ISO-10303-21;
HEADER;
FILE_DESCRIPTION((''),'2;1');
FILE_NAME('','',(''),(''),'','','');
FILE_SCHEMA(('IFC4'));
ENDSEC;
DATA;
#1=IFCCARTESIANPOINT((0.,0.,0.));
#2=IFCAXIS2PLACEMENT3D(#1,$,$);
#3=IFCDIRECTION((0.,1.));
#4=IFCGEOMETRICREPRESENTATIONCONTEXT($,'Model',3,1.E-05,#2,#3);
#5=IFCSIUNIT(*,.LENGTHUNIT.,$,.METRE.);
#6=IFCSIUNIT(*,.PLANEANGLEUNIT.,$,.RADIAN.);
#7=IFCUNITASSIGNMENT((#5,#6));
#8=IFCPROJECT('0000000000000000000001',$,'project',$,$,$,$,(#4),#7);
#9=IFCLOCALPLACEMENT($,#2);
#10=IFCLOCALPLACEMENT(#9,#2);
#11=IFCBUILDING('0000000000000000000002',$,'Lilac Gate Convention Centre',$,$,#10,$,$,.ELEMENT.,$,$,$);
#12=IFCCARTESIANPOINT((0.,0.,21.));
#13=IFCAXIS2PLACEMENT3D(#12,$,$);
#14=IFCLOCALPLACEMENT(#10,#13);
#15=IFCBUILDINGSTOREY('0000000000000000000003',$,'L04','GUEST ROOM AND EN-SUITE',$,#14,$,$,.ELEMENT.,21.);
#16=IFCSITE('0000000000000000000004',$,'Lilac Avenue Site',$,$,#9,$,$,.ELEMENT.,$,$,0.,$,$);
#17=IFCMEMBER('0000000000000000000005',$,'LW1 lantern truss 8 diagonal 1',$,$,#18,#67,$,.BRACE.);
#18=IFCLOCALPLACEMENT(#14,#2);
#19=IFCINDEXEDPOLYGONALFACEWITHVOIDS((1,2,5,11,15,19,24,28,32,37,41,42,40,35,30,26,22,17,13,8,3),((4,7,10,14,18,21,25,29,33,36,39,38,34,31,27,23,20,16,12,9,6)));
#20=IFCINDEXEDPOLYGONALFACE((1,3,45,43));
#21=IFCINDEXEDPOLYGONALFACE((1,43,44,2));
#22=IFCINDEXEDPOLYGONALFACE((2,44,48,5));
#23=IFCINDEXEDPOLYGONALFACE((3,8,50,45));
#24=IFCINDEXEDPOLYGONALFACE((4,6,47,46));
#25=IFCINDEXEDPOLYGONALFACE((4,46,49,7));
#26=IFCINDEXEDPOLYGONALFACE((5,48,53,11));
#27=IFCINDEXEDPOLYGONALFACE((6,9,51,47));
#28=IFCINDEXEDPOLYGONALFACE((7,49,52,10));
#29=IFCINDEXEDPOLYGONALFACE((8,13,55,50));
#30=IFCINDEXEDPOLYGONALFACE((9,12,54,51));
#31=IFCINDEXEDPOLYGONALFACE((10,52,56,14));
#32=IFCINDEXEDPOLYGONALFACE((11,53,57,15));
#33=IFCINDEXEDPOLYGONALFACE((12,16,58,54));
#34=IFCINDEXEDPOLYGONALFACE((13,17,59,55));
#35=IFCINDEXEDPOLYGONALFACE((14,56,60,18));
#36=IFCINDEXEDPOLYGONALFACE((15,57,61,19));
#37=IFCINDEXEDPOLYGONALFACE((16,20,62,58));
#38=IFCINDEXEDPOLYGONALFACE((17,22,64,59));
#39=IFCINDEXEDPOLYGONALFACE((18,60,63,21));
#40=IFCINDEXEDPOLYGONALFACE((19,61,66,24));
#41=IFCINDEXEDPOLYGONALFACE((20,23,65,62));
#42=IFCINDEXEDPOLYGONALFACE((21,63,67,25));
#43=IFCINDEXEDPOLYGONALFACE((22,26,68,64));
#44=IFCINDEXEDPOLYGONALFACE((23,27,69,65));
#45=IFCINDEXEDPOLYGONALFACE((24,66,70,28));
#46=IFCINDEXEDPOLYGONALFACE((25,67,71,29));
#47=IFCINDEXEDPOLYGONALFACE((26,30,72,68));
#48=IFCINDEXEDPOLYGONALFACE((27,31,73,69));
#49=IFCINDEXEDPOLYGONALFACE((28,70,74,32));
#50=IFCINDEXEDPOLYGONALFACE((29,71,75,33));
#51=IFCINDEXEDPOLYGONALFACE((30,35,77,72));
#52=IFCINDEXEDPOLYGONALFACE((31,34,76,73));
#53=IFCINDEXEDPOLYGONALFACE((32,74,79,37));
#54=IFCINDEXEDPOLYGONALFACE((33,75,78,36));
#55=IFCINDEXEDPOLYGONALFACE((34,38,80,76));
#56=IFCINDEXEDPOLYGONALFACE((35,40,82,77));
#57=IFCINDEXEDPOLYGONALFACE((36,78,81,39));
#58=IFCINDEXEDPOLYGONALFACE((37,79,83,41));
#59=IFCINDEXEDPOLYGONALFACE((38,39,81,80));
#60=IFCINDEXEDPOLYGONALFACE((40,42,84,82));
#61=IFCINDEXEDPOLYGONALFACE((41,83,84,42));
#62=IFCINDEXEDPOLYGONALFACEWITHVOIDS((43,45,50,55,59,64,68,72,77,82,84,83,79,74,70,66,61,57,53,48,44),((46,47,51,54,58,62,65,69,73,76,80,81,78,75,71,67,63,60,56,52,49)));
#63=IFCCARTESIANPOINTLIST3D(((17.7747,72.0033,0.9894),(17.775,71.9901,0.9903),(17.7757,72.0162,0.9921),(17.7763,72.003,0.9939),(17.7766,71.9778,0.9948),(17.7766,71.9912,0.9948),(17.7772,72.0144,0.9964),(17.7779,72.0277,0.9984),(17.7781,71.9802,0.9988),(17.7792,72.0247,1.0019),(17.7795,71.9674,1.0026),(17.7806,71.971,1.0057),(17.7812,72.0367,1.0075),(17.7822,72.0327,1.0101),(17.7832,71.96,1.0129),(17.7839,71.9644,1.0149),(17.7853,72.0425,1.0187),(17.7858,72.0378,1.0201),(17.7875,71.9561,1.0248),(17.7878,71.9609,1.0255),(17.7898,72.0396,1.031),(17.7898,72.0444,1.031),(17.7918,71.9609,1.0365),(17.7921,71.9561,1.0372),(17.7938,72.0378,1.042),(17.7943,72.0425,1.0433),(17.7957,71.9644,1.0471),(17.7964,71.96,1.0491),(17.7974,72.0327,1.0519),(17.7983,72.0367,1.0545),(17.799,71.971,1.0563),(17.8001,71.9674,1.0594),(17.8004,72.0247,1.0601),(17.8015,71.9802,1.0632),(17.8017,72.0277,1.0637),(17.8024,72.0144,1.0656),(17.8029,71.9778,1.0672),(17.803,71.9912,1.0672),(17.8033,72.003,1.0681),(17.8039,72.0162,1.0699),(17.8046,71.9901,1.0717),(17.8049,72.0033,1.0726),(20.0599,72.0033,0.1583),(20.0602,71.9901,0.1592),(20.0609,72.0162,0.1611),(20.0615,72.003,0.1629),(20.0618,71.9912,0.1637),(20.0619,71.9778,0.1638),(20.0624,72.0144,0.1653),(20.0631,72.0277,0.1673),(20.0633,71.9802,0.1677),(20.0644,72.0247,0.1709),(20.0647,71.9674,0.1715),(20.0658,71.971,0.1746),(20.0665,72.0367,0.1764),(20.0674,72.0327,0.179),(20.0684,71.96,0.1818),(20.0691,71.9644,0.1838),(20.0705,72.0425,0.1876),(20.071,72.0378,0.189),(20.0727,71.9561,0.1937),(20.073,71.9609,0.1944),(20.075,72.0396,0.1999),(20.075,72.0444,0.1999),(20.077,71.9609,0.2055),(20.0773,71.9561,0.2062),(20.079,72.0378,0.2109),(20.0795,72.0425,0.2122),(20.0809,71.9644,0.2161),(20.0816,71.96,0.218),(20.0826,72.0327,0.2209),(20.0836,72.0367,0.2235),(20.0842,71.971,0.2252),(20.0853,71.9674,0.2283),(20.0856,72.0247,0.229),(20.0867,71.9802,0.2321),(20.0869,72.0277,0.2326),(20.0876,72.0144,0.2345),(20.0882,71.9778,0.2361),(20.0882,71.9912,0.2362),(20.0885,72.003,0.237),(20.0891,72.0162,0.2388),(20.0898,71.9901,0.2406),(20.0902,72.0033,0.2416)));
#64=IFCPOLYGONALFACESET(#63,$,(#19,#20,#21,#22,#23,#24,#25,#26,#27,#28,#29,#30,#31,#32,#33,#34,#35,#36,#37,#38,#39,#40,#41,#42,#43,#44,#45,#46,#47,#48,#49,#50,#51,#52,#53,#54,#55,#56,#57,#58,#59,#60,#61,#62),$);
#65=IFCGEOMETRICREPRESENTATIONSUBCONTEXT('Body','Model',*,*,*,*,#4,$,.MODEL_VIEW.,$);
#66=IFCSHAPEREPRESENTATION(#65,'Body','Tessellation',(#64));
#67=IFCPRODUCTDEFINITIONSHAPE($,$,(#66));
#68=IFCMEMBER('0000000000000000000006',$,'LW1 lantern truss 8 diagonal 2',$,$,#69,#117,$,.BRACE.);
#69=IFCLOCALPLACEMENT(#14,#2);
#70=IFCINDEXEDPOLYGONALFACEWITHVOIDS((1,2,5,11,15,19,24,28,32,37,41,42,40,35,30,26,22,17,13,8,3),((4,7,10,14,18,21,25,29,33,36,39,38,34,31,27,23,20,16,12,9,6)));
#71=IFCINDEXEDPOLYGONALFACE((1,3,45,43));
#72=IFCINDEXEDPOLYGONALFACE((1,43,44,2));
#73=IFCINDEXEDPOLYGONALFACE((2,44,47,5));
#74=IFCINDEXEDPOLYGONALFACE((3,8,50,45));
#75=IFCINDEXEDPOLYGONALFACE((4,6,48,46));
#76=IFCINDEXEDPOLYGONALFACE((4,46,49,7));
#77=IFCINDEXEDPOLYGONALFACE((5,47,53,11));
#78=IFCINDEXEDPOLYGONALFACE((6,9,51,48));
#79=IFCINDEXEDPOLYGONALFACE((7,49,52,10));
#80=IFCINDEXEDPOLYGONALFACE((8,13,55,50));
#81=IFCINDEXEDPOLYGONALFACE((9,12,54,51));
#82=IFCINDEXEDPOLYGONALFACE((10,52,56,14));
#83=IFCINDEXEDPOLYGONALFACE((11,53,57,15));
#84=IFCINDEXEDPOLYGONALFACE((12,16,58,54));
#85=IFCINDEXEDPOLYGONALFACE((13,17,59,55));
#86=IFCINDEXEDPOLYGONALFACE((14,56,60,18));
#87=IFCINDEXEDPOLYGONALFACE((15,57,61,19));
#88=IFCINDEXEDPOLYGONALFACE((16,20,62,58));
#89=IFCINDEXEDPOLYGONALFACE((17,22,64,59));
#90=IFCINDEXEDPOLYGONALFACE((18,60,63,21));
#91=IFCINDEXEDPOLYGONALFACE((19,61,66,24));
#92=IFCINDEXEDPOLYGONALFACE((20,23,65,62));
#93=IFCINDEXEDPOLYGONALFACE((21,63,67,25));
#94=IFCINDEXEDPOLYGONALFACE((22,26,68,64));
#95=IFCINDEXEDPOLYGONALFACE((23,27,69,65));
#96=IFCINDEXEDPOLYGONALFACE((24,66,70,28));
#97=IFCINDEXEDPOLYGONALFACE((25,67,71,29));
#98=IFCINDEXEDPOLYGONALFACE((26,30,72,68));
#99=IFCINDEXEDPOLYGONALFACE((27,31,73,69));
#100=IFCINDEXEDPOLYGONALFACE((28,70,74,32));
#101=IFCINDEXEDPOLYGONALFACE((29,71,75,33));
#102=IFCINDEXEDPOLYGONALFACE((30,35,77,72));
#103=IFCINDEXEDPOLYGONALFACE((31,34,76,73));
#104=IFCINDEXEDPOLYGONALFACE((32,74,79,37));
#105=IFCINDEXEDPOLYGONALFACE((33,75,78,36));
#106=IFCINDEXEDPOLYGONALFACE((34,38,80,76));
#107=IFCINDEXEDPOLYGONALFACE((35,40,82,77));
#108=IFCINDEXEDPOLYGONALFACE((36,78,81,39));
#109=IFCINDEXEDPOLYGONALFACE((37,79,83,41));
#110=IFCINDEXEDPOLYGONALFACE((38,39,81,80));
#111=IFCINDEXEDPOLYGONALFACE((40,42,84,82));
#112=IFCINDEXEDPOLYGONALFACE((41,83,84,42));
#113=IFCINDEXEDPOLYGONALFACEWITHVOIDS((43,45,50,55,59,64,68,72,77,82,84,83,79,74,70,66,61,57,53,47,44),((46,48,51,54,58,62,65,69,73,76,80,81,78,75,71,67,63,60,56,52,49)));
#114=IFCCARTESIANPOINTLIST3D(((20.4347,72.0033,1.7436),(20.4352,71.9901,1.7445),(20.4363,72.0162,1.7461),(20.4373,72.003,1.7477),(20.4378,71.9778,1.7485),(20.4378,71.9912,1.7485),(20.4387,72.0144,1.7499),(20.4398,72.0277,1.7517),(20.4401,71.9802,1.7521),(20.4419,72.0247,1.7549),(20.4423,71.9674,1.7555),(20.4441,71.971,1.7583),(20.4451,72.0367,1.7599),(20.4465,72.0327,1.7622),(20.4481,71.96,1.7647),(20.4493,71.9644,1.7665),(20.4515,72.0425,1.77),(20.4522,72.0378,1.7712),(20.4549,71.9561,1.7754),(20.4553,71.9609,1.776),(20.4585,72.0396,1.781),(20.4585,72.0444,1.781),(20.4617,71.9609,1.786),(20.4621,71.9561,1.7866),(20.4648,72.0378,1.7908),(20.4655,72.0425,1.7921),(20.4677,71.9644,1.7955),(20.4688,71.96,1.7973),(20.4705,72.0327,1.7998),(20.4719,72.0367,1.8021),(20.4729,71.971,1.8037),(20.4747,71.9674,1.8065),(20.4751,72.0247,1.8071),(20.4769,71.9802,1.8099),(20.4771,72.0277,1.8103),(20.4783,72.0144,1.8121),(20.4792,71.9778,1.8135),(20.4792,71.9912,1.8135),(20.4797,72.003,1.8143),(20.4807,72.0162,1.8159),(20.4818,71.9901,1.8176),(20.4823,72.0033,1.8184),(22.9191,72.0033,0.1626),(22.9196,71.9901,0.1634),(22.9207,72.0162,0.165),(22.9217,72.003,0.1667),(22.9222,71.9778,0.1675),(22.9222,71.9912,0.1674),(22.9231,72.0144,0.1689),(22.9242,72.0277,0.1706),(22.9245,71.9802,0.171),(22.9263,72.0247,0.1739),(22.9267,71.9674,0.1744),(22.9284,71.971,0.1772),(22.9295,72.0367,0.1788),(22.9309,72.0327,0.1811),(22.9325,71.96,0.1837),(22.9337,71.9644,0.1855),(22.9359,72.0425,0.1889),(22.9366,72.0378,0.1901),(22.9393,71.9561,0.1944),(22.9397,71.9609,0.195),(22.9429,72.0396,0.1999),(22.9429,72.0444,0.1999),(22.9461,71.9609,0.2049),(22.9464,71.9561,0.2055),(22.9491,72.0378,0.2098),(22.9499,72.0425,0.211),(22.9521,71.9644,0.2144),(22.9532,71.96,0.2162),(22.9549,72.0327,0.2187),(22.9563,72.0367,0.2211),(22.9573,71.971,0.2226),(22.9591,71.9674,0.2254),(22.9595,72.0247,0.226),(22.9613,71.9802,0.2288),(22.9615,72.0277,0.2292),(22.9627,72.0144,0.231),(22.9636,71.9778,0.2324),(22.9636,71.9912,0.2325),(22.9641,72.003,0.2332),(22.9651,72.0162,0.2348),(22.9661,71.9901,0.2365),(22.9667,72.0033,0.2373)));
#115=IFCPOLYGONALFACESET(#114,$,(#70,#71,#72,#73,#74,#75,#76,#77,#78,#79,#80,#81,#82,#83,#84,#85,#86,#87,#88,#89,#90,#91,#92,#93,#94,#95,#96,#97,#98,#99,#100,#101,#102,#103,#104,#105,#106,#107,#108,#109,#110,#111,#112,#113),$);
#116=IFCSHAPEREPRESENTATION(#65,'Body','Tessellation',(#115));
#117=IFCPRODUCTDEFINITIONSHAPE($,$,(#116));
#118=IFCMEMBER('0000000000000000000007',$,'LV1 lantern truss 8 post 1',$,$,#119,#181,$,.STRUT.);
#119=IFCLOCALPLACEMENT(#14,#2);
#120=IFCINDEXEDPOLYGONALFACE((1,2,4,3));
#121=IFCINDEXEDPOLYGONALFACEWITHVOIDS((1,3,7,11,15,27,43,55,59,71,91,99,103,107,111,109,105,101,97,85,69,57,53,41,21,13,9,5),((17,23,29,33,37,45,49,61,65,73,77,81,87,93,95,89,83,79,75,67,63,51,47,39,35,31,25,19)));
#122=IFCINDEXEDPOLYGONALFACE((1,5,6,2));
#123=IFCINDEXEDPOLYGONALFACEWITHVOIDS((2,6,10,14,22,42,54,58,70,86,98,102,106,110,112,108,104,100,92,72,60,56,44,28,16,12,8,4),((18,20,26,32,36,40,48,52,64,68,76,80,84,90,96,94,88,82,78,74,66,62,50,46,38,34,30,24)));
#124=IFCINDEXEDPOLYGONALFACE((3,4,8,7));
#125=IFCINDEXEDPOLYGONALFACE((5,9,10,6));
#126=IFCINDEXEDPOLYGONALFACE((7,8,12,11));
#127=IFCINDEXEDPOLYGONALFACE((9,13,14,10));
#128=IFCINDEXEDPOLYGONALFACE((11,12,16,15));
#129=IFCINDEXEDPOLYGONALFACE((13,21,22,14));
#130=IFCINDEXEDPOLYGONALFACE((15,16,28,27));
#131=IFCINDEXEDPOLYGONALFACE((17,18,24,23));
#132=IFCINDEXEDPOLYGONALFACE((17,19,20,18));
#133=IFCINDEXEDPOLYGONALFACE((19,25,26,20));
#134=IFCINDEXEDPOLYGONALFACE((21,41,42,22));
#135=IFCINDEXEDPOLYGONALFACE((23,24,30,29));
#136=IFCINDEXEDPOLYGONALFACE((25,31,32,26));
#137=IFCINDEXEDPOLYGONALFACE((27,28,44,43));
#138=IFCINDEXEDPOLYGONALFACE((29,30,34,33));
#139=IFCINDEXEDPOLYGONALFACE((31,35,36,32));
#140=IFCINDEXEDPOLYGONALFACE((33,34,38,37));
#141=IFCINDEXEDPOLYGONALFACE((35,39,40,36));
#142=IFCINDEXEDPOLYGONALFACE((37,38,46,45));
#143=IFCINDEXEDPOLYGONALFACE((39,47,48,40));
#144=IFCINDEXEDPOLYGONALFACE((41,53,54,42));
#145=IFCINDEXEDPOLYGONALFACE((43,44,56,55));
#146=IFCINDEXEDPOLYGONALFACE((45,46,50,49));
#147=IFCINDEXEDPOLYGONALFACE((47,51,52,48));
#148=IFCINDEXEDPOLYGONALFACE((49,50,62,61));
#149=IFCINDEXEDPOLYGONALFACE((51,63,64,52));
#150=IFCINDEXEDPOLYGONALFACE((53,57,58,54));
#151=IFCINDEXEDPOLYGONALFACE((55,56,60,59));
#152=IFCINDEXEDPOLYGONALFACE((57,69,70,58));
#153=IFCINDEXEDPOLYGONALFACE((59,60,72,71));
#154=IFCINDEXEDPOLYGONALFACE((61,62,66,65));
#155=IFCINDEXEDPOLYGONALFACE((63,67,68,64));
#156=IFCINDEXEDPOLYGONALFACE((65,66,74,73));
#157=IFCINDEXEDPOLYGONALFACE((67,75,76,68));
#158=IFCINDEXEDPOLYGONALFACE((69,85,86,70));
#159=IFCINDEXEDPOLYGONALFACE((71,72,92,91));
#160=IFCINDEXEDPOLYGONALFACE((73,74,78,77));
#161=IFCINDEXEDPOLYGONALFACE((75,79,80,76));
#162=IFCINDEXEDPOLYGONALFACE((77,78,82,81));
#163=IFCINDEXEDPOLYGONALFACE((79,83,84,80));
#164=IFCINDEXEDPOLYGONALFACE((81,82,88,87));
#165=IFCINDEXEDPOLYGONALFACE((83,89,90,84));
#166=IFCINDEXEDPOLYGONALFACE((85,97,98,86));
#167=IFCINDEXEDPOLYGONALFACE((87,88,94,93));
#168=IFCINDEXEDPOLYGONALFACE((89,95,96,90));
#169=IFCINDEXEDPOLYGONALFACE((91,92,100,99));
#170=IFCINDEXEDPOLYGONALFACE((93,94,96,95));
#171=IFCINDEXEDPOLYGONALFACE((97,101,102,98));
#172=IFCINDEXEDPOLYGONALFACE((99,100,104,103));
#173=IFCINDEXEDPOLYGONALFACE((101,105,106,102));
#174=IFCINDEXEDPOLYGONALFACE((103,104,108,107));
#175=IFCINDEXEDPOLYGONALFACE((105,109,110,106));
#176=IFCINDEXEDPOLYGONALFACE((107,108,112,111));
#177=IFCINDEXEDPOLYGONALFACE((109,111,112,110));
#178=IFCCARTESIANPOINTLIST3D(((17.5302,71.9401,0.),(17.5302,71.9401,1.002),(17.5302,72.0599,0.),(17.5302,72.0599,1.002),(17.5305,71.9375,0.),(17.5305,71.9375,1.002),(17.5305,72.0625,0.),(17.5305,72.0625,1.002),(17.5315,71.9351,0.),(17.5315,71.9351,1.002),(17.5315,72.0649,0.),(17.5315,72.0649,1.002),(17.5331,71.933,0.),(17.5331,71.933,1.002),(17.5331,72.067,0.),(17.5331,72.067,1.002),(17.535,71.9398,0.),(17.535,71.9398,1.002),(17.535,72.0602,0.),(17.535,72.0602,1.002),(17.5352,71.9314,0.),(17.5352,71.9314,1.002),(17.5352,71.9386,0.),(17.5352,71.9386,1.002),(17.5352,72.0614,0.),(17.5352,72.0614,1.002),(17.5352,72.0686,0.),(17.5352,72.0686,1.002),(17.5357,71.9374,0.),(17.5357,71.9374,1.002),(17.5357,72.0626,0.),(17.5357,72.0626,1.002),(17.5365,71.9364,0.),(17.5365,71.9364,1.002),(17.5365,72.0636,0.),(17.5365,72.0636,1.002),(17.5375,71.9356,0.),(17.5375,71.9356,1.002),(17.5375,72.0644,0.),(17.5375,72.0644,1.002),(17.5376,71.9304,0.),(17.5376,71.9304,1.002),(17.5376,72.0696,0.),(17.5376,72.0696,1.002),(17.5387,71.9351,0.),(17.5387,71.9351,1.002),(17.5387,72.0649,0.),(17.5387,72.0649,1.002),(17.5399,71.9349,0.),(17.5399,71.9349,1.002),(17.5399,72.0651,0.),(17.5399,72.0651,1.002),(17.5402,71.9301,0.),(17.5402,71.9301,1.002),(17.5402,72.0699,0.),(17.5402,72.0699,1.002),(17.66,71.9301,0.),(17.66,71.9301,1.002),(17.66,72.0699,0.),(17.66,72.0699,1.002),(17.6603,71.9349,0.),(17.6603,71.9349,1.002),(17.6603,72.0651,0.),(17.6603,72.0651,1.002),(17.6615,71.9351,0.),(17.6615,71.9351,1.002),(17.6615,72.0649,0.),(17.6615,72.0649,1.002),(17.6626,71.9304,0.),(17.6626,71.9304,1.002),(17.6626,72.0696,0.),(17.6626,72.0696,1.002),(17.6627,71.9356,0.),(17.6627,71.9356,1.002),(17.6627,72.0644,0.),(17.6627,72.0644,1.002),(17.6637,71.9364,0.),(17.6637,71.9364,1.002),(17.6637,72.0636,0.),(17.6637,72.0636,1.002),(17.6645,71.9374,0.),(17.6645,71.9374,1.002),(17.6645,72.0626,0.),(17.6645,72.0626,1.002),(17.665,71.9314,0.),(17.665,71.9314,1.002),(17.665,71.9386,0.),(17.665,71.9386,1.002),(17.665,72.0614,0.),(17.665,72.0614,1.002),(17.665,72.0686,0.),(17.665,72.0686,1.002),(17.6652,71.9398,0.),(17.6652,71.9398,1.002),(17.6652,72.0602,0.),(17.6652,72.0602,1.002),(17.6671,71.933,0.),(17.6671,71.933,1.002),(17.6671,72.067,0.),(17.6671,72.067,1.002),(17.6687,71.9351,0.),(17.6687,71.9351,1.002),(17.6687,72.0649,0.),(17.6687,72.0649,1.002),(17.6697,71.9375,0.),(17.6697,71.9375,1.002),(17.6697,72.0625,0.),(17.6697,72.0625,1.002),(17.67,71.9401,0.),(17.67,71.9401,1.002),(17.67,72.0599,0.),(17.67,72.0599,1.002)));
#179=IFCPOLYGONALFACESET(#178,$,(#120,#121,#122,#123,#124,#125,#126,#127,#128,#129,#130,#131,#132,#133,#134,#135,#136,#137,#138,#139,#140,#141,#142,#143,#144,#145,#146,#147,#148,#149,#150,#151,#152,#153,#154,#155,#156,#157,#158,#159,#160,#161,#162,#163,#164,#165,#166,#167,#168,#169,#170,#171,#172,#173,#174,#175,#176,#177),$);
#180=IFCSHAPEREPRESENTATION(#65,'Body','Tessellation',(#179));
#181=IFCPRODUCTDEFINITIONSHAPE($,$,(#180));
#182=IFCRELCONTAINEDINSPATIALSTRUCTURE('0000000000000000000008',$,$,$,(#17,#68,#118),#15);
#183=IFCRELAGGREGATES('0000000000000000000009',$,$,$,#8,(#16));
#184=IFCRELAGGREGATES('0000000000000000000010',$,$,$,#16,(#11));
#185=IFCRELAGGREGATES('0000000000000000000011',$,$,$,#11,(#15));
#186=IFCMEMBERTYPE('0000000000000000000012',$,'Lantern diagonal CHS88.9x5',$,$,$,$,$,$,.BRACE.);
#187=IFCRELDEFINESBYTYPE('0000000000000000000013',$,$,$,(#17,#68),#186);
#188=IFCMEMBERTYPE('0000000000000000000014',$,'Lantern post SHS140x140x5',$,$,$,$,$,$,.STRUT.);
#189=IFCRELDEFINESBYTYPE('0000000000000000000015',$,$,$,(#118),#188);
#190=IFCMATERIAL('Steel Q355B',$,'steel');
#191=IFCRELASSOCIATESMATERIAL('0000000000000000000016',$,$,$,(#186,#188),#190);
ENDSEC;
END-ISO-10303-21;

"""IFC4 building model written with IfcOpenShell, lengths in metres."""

from ifc_helpers import new_model, si_unit, direction, frame, origin, origin_2d, place, context, subcontext, project, spatial, hollow_rectangle, hollow_circle, extrude, material, material_profile, profile_set, type_object, element, save


model = new_model("IFC4")

# Units and contexts
model_context = context("Model", 3, precision=1e-05, world=origin(), true_north=direction((0.0, 1.0)))
body_context = subcontext(model_context, "Body", "Model", "MODEL_VIEW")
ifc_project = project(units=[si_unit("LENGTHUNIT", "METRE"), si_unit("PLANEANGLEUNIT", "RADIAN")], contexts=[model_context])

# Site, building, storey
site_placement = place(None, origin())
site = spatial("IfcSite", under=ifc_project, at=site_placement, Name="Lilac Avenue Site", CompositionType="ELEMENT", RefElevation=0.0)
building_placement = place(site_placement, origin())
building = spatial("IfcBuilding", under=site, at=building_placement, Name="Lilac Gate Convention Centre", CompositionType="ELEMENT")
storey_placement = place(building_placement, frame((0.0, 0.0, 21.0)))
storey = spatial("IfcBuildingStorey", under=building, at=storey_placement, Name="L04", Description="GUEST ROOM AND EN-SUITE", CompositionType="ELEMENT", Elevation=21.0)

# Members
ifc_material_1 = material(Name="Steel Q355B", Category="steel")
ifc_material_profile_1 = material_profile(ifc_material_1, hollow_circle(Radius=0.0444, WallThickness=0.0049, at=origin_2d()), Name="CHS88.9x5")
ifc_profile_set_1 = profile_set([ifc_material_profile_1], Name="Steel Q355B")
member_type_1 = type_object("IfcMemberType", Name="Lantern diagonal CHS88.9x5", PredefinedType="BRACE", material=ifc_profile_set_1)
member_1_placement = place(storey_placement, frame((17.7898, 72.0, 1.031), z_axis=(0.939782, 0.0, -0.341775), x_axis=(0.0, 1.0, 0.0)))
element("IfcMember", 1, at=member_1_placement, inside=storey, type_object=member_type_1, Name="LW1 lantern truss 8 diagonal 1", PredefinedType="BRACE", context=body_context, shape_type="SweptSolid", body=[
    extrude(hollow_circle(Radius=0.0444, WallThickness=0.0049, at=origin_2d()), origin(), (0.0, 0.0, 1.0), 2.4316),
])
member_2_placement = place(storey_placement, frame((20.4585, 72.0, 1.781), z_axis=(0.843648, 0.0, -0.536897), x_axis=(0.0, 1.0, 0.0)))
element("IfcMember", 2, at=member_2_placement, inside=storey, type_object=member_type_1, Name="LW1 lantern truss 8 diagonal 2", PredefinedType="BRACE", context=body_context, shape_type="SweptSolid", body=[
    extrude(hollow_circle(Radius=0.0444, WallThickness=0.0049, at=origin_2d()), origin(), (0.0, 0.0, 1.0), 2.9448),
])
ifc_material_profile_2 = material_profile(ifc_material_1, hollow_rectangle(XDim=0.1399, YDim=0.1399, WallThickness=0.0049, InnerFilletRadius=0.0049, OuterFilletRadius=0.01, at=origin_2d()), Name="SHS140x140x5")
ifc_profile_set_2 = profile_set([ifc_material_profile_2], Name="Steel Q355B")
member_type_2 = type_object("IfcMemberType", Name="Lantern post SHS140x140x5", PredefinedType="STRUT", material=ifc_profile_set_2)
member_3_placement = place(storey_placement, frame((17.6001, 72.0, 0.0), z_axis=(0.0, 0.0, 1.0), x_axis=(1.0, 0.0, 0.0)))
element("IfcMember", 3, at=member_3_placement, inside=storey, type_object=member_type_2, Name="LV1 lantern truss 8 post 1", PredefinedType="STRUT", context=body_context, shape_type="SweptSolid", body=[
    extrude(hollow_rectangle(XDim=0.1399, YDim=0.1399, WallThickness=0.0049, InnerFilletRadius=0.0049, OuterFilletRadius=0.01, at=origin_2d()), origin(), (0.0, 0.0, 1.0), 1.002),
])

save(model, "model.ifc")
